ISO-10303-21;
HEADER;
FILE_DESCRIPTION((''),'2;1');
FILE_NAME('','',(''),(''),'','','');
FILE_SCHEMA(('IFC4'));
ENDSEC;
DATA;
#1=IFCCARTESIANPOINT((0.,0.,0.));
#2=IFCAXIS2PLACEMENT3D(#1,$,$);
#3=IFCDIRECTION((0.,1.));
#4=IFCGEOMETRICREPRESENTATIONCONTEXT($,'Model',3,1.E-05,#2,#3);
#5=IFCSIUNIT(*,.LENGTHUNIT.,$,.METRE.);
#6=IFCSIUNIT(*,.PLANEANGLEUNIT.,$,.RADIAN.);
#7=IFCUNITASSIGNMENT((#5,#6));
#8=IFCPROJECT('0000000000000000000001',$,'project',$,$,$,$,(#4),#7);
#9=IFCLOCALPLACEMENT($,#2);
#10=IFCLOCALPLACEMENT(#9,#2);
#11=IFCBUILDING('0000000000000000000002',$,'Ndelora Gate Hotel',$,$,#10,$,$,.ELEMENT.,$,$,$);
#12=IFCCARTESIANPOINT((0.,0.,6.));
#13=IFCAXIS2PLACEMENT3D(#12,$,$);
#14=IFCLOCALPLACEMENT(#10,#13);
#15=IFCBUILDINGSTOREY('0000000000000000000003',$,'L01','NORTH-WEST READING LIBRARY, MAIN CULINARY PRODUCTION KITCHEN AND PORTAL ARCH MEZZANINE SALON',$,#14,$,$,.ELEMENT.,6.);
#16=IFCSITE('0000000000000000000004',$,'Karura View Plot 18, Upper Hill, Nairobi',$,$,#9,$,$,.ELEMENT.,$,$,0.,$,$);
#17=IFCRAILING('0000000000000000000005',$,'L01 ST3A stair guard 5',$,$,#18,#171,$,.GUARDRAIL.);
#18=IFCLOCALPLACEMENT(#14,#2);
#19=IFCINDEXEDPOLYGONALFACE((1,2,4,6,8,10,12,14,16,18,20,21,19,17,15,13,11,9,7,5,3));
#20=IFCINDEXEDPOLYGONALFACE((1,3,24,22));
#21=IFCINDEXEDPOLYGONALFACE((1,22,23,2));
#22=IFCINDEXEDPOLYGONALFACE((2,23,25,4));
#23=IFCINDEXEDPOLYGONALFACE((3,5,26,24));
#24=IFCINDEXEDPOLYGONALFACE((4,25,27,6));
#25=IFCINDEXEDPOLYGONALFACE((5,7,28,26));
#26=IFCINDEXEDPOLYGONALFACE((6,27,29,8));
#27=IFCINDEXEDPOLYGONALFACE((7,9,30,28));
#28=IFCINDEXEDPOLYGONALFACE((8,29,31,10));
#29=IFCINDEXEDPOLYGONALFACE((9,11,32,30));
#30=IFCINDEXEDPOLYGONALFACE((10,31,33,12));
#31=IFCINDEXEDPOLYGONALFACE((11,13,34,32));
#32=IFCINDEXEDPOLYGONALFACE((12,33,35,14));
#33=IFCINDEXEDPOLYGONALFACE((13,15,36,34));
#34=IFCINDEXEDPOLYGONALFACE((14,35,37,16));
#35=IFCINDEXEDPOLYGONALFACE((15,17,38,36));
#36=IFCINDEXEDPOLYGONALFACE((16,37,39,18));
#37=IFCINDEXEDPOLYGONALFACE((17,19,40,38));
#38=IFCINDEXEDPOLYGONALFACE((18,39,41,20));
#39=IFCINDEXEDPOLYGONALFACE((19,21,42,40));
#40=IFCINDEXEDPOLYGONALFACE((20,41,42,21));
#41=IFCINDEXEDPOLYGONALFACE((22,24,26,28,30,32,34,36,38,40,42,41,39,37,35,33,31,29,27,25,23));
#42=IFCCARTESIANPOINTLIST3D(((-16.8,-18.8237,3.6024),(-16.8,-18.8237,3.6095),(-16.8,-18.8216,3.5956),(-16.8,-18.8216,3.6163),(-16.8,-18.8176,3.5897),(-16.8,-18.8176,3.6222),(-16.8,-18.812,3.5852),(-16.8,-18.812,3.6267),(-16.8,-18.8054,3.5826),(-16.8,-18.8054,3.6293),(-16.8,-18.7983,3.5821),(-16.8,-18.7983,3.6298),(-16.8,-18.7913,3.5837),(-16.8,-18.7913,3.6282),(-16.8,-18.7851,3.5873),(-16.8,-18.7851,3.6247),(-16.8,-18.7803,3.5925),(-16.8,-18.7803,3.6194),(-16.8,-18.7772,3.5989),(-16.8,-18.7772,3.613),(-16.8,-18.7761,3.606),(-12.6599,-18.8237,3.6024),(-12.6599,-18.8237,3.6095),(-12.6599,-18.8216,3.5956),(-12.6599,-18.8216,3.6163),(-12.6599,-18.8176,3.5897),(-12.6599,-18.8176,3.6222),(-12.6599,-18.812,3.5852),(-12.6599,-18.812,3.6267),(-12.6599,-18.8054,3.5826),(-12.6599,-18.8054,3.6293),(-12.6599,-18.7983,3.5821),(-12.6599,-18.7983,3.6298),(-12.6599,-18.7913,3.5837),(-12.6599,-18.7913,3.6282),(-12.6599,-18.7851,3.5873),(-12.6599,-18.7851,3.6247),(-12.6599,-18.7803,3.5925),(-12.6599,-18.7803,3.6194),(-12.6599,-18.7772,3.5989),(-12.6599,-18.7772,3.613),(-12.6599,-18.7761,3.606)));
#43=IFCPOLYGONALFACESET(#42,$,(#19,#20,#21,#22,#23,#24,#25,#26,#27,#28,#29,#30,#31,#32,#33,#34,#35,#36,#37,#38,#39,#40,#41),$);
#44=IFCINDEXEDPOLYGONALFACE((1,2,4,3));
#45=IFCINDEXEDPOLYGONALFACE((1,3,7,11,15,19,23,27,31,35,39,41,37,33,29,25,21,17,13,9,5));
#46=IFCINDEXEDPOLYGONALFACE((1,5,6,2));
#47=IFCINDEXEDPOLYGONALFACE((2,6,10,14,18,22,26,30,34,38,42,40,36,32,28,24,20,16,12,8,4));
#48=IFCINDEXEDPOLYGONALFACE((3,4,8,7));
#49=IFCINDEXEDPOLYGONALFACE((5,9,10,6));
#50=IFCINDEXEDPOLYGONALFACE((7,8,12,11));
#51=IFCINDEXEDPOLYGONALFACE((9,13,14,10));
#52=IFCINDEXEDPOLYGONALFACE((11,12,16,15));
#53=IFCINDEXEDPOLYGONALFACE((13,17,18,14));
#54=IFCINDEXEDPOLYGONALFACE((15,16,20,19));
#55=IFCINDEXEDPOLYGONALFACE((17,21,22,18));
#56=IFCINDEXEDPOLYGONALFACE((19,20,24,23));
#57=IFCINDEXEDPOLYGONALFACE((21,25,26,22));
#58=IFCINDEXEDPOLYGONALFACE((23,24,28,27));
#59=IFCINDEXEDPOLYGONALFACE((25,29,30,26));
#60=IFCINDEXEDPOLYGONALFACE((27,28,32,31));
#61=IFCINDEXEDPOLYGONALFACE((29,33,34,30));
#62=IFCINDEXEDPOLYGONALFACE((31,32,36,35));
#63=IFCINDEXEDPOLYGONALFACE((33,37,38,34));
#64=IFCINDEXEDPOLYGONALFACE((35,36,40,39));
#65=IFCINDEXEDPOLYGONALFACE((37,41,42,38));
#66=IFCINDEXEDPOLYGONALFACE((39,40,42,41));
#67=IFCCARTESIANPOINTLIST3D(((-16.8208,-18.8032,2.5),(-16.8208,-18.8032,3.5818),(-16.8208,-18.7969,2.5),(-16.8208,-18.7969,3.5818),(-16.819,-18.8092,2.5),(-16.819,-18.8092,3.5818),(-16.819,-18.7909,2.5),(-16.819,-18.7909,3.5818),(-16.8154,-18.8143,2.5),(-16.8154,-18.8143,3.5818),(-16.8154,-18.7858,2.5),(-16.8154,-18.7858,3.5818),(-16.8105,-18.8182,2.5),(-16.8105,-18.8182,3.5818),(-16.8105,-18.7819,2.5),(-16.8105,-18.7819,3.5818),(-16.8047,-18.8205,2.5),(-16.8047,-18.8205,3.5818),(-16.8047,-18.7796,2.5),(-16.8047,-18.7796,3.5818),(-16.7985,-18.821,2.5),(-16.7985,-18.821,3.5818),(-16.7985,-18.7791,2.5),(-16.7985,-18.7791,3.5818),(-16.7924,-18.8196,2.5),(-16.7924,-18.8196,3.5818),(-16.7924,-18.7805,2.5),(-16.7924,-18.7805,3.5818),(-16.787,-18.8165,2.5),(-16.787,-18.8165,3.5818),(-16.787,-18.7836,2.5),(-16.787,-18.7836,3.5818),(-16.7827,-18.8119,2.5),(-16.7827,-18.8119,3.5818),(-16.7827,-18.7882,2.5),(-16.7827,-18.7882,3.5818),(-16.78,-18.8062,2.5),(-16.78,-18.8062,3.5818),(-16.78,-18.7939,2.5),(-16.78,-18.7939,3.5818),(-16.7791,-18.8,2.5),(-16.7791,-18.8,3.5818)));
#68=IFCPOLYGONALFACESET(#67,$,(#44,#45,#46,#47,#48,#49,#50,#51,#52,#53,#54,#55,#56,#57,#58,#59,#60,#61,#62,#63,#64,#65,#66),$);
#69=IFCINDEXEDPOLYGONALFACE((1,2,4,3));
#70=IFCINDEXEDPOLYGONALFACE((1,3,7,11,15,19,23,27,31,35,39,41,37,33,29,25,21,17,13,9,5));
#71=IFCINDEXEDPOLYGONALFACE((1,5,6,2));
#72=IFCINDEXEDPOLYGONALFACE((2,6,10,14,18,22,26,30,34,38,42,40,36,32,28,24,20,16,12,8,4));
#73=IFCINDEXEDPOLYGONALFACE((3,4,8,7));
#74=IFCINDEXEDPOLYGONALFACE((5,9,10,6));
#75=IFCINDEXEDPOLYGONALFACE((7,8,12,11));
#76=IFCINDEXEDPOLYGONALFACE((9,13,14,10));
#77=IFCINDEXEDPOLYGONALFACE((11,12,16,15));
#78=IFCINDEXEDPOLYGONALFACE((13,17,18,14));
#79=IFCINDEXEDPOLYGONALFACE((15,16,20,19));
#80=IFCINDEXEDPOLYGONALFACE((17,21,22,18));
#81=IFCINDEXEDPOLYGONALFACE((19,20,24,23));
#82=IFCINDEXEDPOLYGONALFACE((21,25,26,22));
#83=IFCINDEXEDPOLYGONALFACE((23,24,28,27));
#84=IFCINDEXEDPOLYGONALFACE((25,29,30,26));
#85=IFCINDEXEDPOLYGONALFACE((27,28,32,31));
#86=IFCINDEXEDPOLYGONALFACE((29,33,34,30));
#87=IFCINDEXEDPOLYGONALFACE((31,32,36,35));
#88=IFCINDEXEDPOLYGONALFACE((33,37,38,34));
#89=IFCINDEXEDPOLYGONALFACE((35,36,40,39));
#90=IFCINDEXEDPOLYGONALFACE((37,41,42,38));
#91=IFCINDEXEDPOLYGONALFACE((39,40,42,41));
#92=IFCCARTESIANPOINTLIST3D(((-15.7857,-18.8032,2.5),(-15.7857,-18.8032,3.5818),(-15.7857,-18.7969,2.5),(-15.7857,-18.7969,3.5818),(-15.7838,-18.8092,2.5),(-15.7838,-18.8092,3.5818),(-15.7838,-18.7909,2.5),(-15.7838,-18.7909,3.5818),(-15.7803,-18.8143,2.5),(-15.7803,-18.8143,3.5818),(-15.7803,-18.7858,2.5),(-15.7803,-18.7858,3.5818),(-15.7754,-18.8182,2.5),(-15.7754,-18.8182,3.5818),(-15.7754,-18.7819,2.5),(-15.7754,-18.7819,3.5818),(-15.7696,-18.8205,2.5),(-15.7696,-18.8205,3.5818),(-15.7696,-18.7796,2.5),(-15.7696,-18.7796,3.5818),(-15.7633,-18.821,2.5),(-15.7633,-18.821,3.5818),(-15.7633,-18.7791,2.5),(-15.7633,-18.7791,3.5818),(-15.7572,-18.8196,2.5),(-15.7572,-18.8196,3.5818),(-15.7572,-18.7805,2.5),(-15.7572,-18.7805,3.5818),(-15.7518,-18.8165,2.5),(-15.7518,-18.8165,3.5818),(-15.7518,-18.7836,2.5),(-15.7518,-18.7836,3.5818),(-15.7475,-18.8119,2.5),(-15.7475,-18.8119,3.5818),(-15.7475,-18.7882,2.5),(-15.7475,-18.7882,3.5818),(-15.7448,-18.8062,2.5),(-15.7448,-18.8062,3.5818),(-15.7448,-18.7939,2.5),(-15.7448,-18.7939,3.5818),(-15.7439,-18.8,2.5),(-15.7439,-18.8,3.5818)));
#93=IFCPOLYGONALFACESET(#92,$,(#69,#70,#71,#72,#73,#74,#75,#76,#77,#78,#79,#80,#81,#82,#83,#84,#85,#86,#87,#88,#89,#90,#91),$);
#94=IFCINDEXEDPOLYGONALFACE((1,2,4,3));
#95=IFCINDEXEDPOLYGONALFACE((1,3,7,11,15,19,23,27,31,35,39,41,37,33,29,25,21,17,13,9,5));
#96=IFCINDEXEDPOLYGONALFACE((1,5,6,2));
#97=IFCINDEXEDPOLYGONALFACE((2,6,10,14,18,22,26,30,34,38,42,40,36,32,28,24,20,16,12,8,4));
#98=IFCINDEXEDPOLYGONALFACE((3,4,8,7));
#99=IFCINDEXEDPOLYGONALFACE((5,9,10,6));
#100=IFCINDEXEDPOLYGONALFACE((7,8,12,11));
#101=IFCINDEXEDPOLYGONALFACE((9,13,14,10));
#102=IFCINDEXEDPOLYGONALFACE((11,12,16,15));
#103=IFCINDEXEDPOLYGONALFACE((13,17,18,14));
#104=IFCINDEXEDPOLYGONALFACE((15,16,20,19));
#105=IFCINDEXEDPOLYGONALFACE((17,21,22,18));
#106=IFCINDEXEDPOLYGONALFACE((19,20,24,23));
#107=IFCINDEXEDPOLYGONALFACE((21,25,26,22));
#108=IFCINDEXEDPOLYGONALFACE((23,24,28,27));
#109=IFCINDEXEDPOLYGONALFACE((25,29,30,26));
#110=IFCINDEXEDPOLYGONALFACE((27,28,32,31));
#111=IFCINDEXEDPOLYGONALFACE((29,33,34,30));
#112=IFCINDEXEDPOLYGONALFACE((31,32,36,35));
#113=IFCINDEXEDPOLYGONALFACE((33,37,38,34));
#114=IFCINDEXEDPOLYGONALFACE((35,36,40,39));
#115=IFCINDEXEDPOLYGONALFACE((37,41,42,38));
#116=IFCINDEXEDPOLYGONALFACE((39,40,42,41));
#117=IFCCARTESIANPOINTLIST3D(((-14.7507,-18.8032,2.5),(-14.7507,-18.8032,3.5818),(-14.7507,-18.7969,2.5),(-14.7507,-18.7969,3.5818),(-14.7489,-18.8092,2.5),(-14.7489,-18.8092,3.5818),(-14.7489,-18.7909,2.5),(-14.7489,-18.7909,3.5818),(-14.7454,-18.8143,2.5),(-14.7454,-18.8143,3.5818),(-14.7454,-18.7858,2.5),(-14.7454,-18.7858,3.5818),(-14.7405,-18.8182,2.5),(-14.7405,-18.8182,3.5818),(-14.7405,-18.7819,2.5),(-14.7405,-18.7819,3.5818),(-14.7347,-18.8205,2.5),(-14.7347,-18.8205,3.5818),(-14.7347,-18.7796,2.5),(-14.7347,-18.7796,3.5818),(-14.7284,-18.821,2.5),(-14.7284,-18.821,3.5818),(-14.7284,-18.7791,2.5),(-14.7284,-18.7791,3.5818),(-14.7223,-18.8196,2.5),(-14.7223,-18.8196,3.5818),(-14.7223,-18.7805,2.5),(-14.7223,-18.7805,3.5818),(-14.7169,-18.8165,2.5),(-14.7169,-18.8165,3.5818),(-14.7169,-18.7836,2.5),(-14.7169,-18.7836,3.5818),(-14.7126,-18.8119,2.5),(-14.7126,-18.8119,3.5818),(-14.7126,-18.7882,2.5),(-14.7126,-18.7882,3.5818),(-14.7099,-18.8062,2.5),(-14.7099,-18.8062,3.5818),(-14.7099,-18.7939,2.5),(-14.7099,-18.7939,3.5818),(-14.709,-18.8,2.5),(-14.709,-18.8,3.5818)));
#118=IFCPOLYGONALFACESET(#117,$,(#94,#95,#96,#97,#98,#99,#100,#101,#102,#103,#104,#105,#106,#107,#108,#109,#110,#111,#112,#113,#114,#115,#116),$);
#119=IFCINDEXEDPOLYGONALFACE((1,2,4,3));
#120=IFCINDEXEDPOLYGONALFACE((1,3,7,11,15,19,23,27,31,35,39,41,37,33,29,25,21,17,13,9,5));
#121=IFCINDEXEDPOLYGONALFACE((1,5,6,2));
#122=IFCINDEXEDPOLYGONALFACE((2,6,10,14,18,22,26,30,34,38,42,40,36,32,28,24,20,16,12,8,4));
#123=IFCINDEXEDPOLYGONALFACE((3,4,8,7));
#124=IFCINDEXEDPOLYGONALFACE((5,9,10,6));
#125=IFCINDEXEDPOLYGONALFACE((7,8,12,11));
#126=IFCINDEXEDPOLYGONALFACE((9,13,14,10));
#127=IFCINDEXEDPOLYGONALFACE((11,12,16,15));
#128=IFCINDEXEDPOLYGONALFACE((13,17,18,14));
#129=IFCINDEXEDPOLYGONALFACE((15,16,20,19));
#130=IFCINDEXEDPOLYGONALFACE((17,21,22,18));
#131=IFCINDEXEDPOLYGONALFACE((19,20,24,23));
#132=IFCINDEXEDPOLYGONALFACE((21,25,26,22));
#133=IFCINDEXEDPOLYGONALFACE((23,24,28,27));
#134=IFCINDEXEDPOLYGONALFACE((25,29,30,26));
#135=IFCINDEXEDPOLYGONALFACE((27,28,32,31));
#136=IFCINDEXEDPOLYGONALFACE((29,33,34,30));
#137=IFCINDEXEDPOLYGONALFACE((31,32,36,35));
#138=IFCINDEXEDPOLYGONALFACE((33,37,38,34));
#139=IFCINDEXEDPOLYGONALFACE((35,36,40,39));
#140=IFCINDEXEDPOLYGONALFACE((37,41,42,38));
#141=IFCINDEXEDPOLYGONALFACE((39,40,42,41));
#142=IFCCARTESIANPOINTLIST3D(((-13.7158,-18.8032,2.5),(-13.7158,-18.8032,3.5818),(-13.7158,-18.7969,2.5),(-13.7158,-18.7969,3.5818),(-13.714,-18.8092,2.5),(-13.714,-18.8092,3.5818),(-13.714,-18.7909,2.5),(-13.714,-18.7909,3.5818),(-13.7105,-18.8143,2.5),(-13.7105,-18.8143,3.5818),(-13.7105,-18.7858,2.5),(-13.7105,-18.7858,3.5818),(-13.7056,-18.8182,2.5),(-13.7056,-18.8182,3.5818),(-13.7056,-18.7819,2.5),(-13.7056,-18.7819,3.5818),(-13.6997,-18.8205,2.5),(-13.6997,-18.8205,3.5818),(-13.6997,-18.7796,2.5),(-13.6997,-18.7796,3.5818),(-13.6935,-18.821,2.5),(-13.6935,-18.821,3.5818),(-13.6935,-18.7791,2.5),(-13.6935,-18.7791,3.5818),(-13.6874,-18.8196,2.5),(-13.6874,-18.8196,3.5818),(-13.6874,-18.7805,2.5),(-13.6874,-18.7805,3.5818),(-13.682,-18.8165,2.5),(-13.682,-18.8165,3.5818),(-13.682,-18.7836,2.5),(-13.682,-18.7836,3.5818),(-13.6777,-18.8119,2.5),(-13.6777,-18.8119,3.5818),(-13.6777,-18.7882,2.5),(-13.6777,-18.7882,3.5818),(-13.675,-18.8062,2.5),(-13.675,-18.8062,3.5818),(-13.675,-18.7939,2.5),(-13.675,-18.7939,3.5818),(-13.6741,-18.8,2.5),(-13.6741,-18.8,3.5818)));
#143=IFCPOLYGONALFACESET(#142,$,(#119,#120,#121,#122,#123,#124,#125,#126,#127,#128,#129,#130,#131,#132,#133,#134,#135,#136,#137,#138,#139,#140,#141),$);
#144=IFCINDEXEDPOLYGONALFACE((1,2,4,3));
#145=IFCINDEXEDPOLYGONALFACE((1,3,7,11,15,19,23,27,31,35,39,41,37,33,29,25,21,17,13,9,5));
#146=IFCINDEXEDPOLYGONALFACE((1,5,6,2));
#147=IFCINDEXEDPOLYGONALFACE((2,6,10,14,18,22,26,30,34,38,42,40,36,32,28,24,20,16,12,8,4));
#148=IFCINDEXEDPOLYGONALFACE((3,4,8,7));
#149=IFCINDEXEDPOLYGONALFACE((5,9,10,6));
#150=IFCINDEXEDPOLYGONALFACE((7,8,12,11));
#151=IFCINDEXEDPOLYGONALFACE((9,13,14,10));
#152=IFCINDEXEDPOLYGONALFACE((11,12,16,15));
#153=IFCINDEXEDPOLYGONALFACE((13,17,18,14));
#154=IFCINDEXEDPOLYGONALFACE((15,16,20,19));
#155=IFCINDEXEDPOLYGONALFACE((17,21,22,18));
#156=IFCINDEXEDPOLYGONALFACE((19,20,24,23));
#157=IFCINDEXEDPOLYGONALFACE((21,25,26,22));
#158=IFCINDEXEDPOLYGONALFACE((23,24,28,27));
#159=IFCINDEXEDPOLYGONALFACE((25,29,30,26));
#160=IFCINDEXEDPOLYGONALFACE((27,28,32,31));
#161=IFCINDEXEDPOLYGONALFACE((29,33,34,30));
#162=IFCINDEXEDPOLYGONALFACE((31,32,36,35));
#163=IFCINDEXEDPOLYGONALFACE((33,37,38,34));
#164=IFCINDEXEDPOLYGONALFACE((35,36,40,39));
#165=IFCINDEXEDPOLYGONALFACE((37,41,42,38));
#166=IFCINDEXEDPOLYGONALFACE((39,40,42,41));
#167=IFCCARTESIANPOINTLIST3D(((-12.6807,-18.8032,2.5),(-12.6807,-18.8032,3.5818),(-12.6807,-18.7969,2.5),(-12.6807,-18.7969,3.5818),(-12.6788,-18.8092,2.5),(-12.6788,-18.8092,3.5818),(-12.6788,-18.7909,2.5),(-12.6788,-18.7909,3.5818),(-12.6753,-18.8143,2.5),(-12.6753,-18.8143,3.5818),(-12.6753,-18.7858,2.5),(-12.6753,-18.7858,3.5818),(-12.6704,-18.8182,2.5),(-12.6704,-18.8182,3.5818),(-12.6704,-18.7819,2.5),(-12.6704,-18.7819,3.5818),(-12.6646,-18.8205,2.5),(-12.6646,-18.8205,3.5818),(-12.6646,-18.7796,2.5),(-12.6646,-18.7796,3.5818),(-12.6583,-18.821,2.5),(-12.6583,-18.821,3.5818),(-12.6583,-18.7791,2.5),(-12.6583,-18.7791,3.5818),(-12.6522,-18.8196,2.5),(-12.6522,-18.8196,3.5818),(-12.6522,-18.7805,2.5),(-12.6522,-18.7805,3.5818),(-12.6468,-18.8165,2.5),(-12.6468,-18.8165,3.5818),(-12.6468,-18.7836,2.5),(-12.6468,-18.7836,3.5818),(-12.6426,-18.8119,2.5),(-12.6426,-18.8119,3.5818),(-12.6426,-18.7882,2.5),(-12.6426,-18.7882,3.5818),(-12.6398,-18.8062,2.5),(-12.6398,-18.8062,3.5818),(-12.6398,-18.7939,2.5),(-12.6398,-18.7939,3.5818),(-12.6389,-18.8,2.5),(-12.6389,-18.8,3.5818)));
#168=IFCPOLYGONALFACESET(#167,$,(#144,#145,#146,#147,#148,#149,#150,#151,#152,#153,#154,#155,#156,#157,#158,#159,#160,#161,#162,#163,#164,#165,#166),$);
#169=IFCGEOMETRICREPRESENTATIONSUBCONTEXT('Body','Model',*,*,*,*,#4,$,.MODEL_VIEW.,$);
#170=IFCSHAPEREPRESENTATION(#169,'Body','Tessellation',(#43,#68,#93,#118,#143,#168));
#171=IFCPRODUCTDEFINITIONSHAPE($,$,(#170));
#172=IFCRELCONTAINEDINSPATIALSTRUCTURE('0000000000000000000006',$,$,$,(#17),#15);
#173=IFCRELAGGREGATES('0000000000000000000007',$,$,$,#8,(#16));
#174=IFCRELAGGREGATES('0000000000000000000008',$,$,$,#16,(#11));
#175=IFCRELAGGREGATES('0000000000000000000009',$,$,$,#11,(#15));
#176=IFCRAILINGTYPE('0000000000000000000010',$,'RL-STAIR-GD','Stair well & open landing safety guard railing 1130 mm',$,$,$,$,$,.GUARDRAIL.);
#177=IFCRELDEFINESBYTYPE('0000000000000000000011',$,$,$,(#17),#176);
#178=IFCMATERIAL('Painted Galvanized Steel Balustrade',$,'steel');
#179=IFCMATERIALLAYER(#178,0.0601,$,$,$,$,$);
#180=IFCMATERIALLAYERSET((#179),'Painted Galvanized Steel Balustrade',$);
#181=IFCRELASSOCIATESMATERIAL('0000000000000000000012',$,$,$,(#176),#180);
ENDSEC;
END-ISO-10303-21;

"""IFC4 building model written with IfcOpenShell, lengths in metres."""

from ifc_helpers import new_model, si_unit, direction, frame, origin, origin_2d, place, context, subcontext, project, spatial, circle, extrude, material, layer, layer_set, type_object, element, save


model = new_model("IFC4")

# Units and contexts
model_context = context("Model", 3, precision=1e-05, world=origin(), true_north=direction((0.0, 1.0)))
body_context = subcontext(model_context, "Body", "Model", "MODEL_VIEW")
ifc_project = project(units=[si_unit("LENGTHUNIT", "METRE"), si_unit("PLANEANGLEUNIT", "RADIAN")], contexts=[model_context])

# Site, building, storey
site_placement = place(None, origin())
site = spatial("IfcSite", under=ifc_project, at=site_placement, Name="Karura View Plot 18, Upper Hill, Nairobi", CompositionType="ELEMENT", RefElevation=0.0)
building_placement = place(site_placement, origin())
building = spatial("IfcBuilding", under=site, at=building_placement, Name="Ndelora Gate Hotel", CompositionType="ELEMENT")
storey_placement = place(building_placement, frame((0.0, 0.0, 6.0)))
storey = spatial("IfcBuildingStorey", under=building, at=storey_placement, Name="L01", Description="NORTH-WEST READING LIBRARY, MAIN CULINARY PRODUCTION KITCHEN AND PORTAL ARCH MEZZANINE SALON", CompositionType="ELEMENT", Elevation=6.0)

# Railing
ifc_material_1 = material(Name="Painted Galvanized Steel Balustrade", Category="steel")
ifc_layer_1 = layer(ifc_material_1, 0.0601)
ifc_layer_set_1 = layer_set([ifc_layer_1], Name="Painted Galvanized Steel Balustrade")
railing_type_1 = type_object("IfcRailingType", Name="RL-STAIR-GD", Description="Stair well & open landing safety guard railing 1130 mm", PredefinedType="GUARDRAIL", material=ifc_layer_set_1)
railing_1_placement = place(storey_placement, frame((-16.8, -18.8, 2.5)))
element("IfcRailing", 1, at=railing_1_placement, inside=storey, type_object=railing_type_1, Name="L01 ST3A stair guard 5", PredefinedType="GUARDRAIL", context=body_context, shape_type="SweptSolid", body=[
    extrude(circle(Radius=0.0239, at=origin_2d()), frame((0.0, 0.0, 1.106), z_axis=(1.0, 0.0, 0.0), x_axis=(0.0, 1.0, 0.0)), (0.0, 0.0, 1.0), 4.1401),
    extrude(circle(Radius=0.021, at=origin_2d()), origin(), (0.0, 0.0, 1.0), 1.0818),
    extrude(circle(Radius=0.021, at=origin_2d()), frame((1.0352, 0.0, 0.0)), (0.0, 0.0, 1.0), 1.0818),
    extrude(circle(Radius=0.021, at=origin_2d()), frame((2.0701, 0.0, 0.0)), (0.0, 0.0, 1.0), 1.0818),
    extrude(circle(Radius=0.021, at=origin_2d()), frame((3.105, 0.0, 0.0)), (0.0, 0.0, 1.0), 1.0818),
    extrude(circle(Radius=0.021, at=origin_2d()), frame((4.1401, 0.0, 0.0)), (0.0, 0.0, 1.0), 1.0818),
])

save(model, "model.ifc")
